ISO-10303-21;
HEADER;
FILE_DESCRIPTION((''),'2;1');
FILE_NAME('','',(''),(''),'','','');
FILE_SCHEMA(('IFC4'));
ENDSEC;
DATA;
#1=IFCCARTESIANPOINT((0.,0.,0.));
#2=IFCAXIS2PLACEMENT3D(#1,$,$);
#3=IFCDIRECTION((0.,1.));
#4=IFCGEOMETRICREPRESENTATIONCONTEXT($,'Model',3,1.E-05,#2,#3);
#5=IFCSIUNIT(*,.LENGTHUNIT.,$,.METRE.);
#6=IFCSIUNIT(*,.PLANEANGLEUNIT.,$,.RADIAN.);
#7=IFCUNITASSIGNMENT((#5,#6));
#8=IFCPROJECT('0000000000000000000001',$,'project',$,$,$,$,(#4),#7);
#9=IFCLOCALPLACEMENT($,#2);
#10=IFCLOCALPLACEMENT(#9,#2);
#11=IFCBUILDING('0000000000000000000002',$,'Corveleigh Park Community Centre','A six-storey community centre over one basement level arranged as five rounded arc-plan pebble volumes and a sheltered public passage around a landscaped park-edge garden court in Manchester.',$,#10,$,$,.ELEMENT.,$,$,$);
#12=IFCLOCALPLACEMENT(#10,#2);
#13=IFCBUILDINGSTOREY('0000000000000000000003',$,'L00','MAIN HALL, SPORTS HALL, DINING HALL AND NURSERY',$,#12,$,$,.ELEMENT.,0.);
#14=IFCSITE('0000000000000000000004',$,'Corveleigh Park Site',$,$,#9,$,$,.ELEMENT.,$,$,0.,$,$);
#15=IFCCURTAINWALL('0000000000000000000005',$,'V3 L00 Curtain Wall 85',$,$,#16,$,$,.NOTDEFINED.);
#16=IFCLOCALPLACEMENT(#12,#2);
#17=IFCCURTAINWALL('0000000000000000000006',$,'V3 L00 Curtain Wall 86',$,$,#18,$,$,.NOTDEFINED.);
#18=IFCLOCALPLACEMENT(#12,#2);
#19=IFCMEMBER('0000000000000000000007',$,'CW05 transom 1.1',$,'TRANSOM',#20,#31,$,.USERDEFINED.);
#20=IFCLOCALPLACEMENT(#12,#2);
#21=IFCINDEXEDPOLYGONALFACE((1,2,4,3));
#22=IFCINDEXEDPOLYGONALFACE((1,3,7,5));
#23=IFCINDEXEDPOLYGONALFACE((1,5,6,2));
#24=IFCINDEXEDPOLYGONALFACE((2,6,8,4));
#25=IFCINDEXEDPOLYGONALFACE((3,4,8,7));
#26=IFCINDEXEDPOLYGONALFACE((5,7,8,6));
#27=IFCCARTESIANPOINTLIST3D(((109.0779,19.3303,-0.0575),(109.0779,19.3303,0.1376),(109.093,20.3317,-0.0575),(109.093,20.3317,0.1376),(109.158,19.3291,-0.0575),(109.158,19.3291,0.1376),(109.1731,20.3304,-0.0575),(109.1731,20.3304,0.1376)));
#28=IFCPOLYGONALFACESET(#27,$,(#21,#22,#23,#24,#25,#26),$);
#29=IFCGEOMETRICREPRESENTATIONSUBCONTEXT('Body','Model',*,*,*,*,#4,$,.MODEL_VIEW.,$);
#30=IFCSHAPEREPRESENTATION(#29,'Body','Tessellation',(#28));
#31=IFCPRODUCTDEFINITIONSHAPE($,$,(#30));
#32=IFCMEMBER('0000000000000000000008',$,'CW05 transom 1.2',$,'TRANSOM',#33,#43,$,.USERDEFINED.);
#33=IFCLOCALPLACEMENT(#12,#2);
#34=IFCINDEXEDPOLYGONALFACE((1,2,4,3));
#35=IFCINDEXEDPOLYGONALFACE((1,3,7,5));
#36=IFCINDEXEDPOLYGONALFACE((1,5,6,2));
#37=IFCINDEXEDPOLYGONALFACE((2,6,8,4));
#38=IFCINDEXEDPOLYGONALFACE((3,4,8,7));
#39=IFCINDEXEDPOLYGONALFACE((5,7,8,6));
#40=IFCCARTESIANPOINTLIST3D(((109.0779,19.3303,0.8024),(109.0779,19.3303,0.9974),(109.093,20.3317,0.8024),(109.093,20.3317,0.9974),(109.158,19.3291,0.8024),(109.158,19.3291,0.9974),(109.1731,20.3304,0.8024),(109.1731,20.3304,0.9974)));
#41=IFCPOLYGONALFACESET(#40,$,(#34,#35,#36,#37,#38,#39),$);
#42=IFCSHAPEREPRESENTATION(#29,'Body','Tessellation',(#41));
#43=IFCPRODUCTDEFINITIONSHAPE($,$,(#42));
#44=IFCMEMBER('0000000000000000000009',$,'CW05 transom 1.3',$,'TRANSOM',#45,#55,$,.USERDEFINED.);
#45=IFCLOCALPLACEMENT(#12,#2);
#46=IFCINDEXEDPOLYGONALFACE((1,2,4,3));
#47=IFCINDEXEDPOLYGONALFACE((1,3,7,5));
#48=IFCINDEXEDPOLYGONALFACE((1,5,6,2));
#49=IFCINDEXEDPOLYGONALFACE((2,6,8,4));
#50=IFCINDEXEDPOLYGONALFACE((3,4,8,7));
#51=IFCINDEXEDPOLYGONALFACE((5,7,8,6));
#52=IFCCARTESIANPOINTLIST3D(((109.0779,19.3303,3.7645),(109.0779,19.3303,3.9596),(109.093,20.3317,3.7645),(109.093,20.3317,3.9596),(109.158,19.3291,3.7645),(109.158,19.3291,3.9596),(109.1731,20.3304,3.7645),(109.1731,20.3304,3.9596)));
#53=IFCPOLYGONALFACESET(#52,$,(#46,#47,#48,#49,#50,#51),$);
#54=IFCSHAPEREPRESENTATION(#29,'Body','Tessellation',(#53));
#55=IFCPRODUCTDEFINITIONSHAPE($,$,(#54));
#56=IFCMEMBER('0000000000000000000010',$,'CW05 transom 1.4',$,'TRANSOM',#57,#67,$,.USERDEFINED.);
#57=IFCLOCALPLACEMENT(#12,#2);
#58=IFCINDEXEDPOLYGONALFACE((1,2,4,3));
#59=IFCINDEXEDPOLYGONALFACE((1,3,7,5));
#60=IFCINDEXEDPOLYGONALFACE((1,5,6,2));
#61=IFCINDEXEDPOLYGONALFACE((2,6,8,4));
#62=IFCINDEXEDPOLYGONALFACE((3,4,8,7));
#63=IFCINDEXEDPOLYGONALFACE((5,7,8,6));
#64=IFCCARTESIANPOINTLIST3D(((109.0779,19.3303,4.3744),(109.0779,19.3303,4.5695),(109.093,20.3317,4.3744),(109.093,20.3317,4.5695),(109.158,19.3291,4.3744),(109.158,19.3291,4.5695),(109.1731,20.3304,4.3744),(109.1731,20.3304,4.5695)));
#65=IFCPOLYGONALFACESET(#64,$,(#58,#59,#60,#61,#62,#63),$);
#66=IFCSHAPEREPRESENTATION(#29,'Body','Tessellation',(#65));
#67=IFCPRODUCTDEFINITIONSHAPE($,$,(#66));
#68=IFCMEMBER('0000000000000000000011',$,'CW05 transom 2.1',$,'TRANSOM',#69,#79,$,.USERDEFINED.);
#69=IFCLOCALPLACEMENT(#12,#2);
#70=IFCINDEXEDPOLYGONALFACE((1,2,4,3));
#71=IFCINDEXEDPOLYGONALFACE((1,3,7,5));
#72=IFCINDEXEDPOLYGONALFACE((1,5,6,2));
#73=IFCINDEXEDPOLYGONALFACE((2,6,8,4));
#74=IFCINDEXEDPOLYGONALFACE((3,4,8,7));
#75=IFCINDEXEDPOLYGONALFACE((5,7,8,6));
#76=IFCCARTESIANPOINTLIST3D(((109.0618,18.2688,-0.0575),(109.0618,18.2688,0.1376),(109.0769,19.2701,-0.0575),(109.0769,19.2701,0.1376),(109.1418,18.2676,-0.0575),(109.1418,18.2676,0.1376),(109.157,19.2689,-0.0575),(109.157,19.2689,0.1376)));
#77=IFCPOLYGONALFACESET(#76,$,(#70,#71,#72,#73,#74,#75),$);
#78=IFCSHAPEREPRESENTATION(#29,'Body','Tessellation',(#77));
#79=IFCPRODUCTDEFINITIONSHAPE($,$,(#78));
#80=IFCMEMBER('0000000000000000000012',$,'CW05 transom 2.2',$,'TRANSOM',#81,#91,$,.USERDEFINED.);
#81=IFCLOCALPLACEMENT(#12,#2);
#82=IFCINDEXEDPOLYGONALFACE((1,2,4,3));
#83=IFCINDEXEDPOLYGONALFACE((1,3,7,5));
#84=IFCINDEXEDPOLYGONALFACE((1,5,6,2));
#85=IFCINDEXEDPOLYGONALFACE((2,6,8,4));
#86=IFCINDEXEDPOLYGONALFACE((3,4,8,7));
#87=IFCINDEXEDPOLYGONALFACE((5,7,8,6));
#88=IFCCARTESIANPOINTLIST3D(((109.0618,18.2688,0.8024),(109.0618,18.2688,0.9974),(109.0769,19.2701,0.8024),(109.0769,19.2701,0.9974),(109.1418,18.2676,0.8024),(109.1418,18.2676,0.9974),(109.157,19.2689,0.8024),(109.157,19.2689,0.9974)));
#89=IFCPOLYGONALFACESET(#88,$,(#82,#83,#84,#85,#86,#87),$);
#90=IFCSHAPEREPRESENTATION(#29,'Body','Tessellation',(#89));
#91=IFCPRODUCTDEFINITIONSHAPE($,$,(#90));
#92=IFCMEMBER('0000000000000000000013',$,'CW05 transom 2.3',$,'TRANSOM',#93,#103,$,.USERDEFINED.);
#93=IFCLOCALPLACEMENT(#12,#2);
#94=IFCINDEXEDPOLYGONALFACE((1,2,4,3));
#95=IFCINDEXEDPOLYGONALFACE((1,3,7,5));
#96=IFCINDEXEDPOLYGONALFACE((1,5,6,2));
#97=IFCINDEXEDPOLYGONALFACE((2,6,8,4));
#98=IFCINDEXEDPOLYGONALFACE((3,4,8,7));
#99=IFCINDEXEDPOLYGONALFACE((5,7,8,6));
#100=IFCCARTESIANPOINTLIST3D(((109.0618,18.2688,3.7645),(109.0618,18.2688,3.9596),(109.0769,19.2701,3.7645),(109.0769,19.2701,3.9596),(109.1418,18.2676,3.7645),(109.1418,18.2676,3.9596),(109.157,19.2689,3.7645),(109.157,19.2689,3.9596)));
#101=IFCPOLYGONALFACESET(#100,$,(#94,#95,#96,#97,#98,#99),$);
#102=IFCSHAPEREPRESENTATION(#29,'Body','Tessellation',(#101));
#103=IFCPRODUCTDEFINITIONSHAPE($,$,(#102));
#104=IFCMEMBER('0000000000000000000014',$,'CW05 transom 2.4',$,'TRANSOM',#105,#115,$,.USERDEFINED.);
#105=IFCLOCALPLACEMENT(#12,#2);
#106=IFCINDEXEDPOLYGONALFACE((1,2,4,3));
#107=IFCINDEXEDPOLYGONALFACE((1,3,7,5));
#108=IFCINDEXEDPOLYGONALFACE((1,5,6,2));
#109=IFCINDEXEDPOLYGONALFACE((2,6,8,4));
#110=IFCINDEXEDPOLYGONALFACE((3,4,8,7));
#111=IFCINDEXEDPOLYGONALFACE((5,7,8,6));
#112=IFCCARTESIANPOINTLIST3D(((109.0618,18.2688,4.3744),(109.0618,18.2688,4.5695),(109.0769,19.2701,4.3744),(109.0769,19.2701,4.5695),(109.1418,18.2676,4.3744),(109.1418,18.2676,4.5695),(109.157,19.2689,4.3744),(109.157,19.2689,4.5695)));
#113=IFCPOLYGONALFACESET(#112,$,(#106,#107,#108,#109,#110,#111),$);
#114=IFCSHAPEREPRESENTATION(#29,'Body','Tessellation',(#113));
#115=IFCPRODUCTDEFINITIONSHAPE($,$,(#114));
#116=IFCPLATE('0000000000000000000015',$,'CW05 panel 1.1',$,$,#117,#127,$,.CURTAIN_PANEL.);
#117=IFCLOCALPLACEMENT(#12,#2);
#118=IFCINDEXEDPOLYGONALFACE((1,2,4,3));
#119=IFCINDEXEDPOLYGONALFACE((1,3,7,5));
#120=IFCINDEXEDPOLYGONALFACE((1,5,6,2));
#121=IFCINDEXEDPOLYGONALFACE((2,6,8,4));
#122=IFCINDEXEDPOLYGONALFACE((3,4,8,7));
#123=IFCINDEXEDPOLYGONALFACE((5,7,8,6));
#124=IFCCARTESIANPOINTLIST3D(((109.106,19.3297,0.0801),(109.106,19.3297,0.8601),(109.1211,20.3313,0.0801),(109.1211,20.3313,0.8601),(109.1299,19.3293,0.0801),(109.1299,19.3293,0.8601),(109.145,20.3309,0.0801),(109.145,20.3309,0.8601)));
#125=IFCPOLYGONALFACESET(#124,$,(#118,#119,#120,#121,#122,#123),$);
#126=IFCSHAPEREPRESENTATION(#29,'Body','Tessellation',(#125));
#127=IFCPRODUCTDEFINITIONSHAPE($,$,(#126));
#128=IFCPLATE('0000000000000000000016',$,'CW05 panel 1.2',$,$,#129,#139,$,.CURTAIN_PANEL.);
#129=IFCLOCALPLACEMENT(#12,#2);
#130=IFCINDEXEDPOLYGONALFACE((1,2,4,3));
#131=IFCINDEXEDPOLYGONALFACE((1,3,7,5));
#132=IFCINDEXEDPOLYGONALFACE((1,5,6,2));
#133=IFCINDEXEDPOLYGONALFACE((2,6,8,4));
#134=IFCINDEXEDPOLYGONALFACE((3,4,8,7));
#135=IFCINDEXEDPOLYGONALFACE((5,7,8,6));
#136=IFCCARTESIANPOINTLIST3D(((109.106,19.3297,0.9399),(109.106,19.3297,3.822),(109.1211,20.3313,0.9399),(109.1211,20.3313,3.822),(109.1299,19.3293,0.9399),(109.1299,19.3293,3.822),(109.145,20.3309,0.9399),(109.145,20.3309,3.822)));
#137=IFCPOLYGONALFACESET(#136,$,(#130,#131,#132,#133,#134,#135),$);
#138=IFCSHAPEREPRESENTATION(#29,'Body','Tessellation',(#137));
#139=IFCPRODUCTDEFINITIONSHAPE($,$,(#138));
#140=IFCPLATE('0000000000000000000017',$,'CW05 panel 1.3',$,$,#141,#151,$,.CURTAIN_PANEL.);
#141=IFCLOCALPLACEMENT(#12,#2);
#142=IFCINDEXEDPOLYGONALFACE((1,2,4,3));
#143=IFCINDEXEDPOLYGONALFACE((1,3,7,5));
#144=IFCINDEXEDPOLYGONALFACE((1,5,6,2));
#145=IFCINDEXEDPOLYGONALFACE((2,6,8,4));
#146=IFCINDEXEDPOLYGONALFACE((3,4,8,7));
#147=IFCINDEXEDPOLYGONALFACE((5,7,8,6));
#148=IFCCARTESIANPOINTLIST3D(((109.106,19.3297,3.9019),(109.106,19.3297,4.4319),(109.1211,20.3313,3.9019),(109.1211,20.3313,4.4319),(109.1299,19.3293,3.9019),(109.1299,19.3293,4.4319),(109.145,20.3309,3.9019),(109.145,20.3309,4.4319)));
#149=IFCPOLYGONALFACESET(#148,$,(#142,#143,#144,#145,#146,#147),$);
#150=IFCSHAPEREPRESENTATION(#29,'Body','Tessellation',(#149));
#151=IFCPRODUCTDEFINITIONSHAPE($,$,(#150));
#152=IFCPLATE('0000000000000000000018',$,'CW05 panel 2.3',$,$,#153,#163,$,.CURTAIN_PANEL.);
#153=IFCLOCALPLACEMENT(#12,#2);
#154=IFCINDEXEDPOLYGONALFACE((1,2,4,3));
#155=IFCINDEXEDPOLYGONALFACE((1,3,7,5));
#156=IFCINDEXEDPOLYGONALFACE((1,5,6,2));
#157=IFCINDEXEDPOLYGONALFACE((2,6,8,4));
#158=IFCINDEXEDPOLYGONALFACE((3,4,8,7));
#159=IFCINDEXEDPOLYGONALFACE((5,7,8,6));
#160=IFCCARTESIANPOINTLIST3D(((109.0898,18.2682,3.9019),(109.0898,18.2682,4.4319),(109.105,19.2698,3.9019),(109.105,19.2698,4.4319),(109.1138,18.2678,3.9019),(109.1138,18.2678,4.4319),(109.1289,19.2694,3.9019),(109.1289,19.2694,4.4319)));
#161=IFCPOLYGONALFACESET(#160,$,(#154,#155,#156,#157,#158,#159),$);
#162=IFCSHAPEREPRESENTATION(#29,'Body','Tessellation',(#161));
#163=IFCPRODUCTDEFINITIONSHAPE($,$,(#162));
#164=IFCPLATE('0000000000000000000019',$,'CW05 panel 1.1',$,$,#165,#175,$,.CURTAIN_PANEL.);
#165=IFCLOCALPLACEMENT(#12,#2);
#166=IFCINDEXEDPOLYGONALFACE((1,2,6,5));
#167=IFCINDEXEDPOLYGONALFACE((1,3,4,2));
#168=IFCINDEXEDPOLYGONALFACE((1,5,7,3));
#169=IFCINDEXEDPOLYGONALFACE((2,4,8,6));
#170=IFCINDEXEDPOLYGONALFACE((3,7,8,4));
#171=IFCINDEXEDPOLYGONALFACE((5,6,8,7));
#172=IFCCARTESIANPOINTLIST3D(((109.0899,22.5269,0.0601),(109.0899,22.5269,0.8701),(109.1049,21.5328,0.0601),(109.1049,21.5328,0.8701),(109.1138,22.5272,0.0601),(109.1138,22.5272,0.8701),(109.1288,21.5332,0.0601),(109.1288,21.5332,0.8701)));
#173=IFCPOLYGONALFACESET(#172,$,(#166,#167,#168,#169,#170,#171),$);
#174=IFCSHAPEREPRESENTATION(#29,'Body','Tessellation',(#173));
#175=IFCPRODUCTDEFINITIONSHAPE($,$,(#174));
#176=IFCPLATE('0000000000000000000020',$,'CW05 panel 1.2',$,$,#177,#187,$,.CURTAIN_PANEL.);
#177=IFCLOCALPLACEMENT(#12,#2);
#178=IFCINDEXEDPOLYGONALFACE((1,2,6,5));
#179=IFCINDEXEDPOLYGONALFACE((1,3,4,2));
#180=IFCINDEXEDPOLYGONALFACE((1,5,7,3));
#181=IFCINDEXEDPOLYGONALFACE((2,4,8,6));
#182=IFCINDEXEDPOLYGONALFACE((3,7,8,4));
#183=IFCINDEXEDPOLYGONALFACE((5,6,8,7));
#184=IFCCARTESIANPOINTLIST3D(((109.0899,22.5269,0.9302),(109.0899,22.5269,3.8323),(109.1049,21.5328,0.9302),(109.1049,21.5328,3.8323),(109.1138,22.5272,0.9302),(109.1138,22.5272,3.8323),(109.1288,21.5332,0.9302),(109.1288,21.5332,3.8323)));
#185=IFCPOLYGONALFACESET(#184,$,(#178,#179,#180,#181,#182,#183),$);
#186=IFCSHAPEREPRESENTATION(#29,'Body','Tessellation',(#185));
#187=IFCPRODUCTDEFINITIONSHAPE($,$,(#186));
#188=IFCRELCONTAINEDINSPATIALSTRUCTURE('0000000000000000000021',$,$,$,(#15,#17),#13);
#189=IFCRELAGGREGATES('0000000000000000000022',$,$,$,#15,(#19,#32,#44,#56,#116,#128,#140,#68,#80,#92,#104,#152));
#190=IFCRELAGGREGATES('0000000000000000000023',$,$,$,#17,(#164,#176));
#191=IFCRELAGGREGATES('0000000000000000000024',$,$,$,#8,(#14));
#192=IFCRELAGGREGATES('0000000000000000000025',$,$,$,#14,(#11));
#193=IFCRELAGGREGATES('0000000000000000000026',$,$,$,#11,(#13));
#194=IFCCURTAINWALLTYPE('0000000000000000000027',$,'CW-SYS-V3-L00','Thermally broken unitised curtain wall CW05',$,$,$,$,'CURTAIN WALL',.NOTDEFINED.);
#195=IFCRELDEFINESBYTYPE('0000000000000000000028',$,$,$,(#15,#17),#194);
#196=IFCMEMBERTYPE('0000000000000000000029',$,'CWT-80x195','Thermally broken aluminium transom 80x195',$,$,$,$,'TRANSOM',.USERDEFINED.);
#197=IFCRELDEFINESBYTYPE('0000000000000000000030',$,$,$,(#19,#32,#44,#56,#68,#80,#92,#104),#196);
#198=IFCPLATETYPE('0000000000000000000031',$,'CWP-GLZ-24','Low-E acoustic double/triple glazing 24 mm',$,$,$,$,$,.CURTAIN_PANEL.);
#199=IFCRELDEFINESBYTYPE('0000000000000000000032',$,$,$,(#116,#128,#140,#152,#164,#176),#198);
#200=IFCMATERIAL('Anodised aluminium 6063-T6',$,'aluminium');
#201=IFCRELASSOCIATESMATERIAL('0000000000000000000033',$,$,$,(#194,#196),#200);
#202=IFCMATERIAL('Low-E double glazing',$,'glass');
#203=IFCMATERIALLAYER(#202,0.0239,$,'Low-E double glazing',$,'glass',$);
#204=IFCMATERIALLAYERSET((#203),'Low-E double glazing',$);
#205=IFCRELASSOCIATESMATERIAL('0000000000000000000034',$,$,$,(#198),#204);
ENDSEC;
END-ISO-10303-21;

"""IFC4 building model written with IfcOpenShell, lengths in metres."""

from ifc_helpers import new_model, si_unit, direction, frame, origin, origin_2d, place, context, subcontext, project, spatial, rectangle, extrude, material, layer, layer_set, material_profile, profile_set, type_object, element, aggregate, save


model = new_model("IFC4")

# Units and contexts
model_context = context("Model", 3, precision=1e-05, world=origin(), true_north=direction((0.0, 1.0)))
body_context = subcontext(model_context, "Body", "Model", "MODEL_VIEW")
ifc_project = project(units=[si_unit("LENGTHUNIT", "METRE"), si_unit("PLANEANGLEUNIT", "RADIAN")], contexts=[model_context])

# Site, building, storey
site_placement = place(None, origin())
site = spatial("IfcSite", under=ifc_project, at=site_placement, Name="Corveleigh Park Site", CompositionType="ELEMENT", RefElevation=0.0)
building_placement = place(site_placement, origin())
building = spatial("IfcBuilding", under=site, at=building_placement, Name="Corveleigh Park Community Centre", Description="A six-storey community centre over one basement level arranged as five rounded arc-plan pebble volumes and a sheltered public passage around a landscaped park-edge garden court in Manchester.", CompositionType="ELEMENT")
storey_placement = place(building_placement, origin())
storey = spatial("IfcBuildingStorey", under=building, at=storey_placement, Name="L00", Description="MAIN HALL, SPORTS HALL, DINING HALL AND NURSERY", CompositionType="ELEMENT", Elevation=0.0)

# Curtain walls
ifc_material_1 = material(Name="Anodised aluminium 6063-T6", Category="aluminium")
curtain_wall_type = type_object("IfcCurtainWallType", Name="CW-SYS-V3-L00", Description="Thermally broken unitised curtain wall CW05", ElementType="CURTAIN WALL", PredefinedType="NOTDEFINED", material=ifc_material_1)
curtain_wall_1_placement = place(storey_placement, origin())
curtain_wall_1 = element("IfcCurtainWall", 1, at=curtain_wall_1_placement, inside=storey, type_object=curtain_wall_type, Name="V3 L00 Curtain Wall 85", PredefinedType="NOTDEFINED")
curtain_wall_2_placement = place(storey_placement, origin())
curtain_wall_2 = element("IfcCurtainWall", 2, at=curtain_wall_2_placement, inside=storey, type_object=curtain_wall_type, Name="V3 L00 Curtain Wall 86", PredefinedType="NOTDEFINED")

# Members
ifc_material_profile_1 = material_profile(ifc_material_1, rectangle(XDim=0.0801, YDim=0.1951, at=origin_2d()), Name="ALU-T80x195", Category="aluminium")
ifc_profile_set_1 = profile_set([ifc_material_profile_1], Name="Anodised aluminium 6063-T6")
member_type_1 = type_object("IfcMemberType", Name="CWT-80x195", Description="Thermally broken aluminium transom 80x195", ElementType="TRANSOM", PredefinedType="USERDEFINED", material=ifc_profile_set_1)
member_1_placement = place(storey_placement, frame((109.1331, 20.3311, 0.04), z_axis=(-0.015113, -0.999886, 0.0), x_axis=(0.999886, -0.015113, 0.0)))
member_1 = element("IfcMember", 3, at=member_1_placement, type_object=member_type_1, Name="CW05 transom 1.1", ObjectType="TRANSOM", PredefinedType="USERDEFINED", context=body_context, shape_type="SweptSolid", body=[
    extrude(rectangle(XDim=0.0801, YDim=0.1951, at=origin_2d()), origin(), (0.0, 0.0, 1.0), 1.0015),
])
member_2_placement = place(storey_placement, frame((109.1331, 20.3311, 0.8999), z_axis=(-0.015113, -0.999886, 0.0), x_axis=(0.999886, -0.015113, 0.0)))
member_2 = element("IfcMember", 4, at=member_2_placement, type_object=member_type_1, Name="CW05 transom 1.2", ObjectType="TRANSOM", PredefinedType="USERDEFINED", context=body_context, shape_type="SweptSolid", body=[
    extrude(rectangle(XDim=0.0801, YDim=0.1951, at=origin_2d()), origin(), (0.0, 0.0, 1.0), 1.0015),
])
member_3_placement = place(storey_placement, frame((109.1331, 20.3311, 3.8621), z_axis=(-0.015113, -0.999886, 0.0), x_axis=(0.999886, -0.015113, 0.0)))
member_3 = element("IfcMember", 5, at=member_3_placement, type_object=member_type_1, Name="CW05 transom 1.3", ObjectType="TRANSOM", PredefinedType="USERDEFINED", context=body_context, shape_type="SweptSolid", body=[
    extrude(rectangle(XDim=0.0801, YDim=0.1951, at=origin_2d()), origin(), (0.0, 0.0, 1.0), 1.0015),
])
member_4_placement = place(storey_placement, frame((109.1331, 20.3311, 4.4719), z_axis=(-0.015113, -0.999886, 0.0), x_axis=(0.999886, -0.015113, 0.0)))
member_4 = element("IfcMember", 6, at=member_4_placement, type_object=member_type_1, Name="CW05 transom 1.4", ObjectType="TRANSOM", PredefinedType="USERDEFINED", context=body_context, shape_type="SweptSolid", body=[
    extrude(rectangle(XDim=0.0801, YDim=0.1951, at=origin_2d()), origin(), (0.0, 0.0, 1.0), 1.0015),
])
member_5_placement = place(storey_placement, frame((109.1169, 19.2695, 0.04), z_axis=(-0.015113, -0.999886, 0.0), x_axis=(0.999886, -0.015113, 0.0)))
member_5 = element("IfcMember", 7, at=member_5_placement, type_object=member_type_1, Name="CW05 transom 2.1", ObjectType="TRANSOM", PredefinedType="USERDEFINED", context=body_context, shape_type="SweptSolid", body=[
    extrude(rectangle(XDim=0.0801, YDim=0.1951, at=origin_2d()), origin(), (0.0, 0.0, 1.0), 1.0015),
])
member_6_placement = place(storey_placement, frame((109.1169, 19.2695, 0.8999), z_axis=(-0.015113, -0.999886, 0.0), x_axis=(0.999886, -0.015113, 0.0)))
member_6 = element("IfcMember", 8, at=member_6_placement, type_object=member_type_1, Name="CW05 transom 2.2", ObjectType="TRANSOM", PredefinedType="USERDEFINED", context=body_context, shape_type="SweptSolid", body=[
    extrude(rectangle(XDim=0.0801, YDim=0.1951, at=origin_2d()), origin(), (0.0, 0.0, 1.0), 1.0015),
])
member_7_placement = place(storey_placement, frame((109.1169, 19.2695, 3.8621), z_axis=(-0.015113, -0.999886, 0.0), x_axis=(0.999886, -0.015113, 0.0)))
member_7 = element("IfcMember", 9, at=member_7_placement, type_object=member_type_1, Name="CW05 transom 2.3", ObjectType="TRANSOM", PredefinedType="USERDEFINED", context=body_context, shape_type="SweptSolid", body=[
    extrude(rectangle(XDim=0.0801, YDim=0.1951, at=origin_2d()), origin(), (0.0, 0.0, 1.0), 1.0015),
])
member_8_placement = place(storey_placement, frame((109.1169, 19.2695, 4.4719), z_axis=(-0.015113, -0.999886, 0.0), x_axis=(0.999886, -0.015113, 0.0)))
member_8 = element("IfcMember", 10, at=member_8_placement, type_object=member_type_1, Name="CW05 transom 2.4", ObjectType="TRANSOM", PredefinedType="USERDEFINED", context=body_context, shape_type="SweptSolid", body=[
    extrude(rectangle(XDim=0.0801, YDim=0.1951, at=origin_2d()), origin(), (0.0, 0.0, 1.0), 1.0015),
])

# Plates
ifc_material_2 = material(Name="Low-E double glazing", Category="glass")
ifc_layer = layer(ifc_material_2, 0.0239, Name="Low-E double glazing", Category="glass")
ifc_layer_set = layer_set([ifc_layer], Name="Low-E double glazing")
plate_type = type_object("IfcPlateType", Name="CWP-GLZ-24", Description="Low-E acoustic double/triple glazing 24 mm", PredefinedType="CURTAIN_PANEL", material=ifc_layer_set)
plate_1_placement = place(storey_placement, frame((109.1255, 19.8303, 0.0801), z_axis=(0.0, 0.0, 1.0), x_axis=(-0.015115, -0.999886, 0.0)))
plate_1 = element("IfcPlate", 11, at=plate_1_placement, type_object=plate_type, Name="CW05 panel 1.1", PredefinedType="CURTAIN_PANEL", context=body_context, shape_type="SweptSolid", body=[
    extrude(rectangle(XDim=1.0017, YDim=0.0239, at=origin_2d()), origin(), (0.0, 0.0, 1.0), 0.78),
])
plate_2_placement = place(storey_placement, frame((109.1255, 19.8303, 0.9399), z_axis=(0.0, 0.0, 1.0), x_axis=(-0.015115, -0.999886, 0.0)))
plate_2 = element("IfcPlate", 12, at=plate_2_placement, type_object=plate_type, Name="CW05 panel 1.2", PredefinedType="CURTAIN_PANEL", context=body_context, shape_type="SweptSolid", body=[
    extrude(rectangle(XDim=1.0017, YDim=0.0239, at=origin_2d()), origin(), (0.0, 0.0, 1.0), 2.8821),
])
plate_3_placement = place(storey_placement, frame((109.1255, 19.8303, 3.9019), z_axis=(0.0, 0.0, 1.0), x_axis=(-0.015115, -0.999886, 0.0)))
plate_3 = element("IfcPlate", 13, at=plate_3_placement, type_object=plate_type, Name="CW05 panel 1.3", PredefinedType="CURTAIN_PANEL", context=body_context, shape_type="SweptSolid", body=[
    extrude(rectangle(XDim=1.0017, YDim=0.0239, at=origin_2d()), origin(), (0.0, 0.0, 1.0), 0.53),
])
plate_4_placement = place(storey_placement, frame((109.1094, 18.7688, 3.9019), z_axis=(0.0, 0.0, 1.0), x_axis=(-0.015115, -0.999886, 0.0)))
plate_4 = element("IfcPlate", 14, at=plate_4_placement, type_object=plate_type, Name="CW05 panel 2.3", PredefinedType="CURTAIN_PANEL", context=body_context, shape_type="SweptSolid", body=[
    extrude(rectangle(XDim=1.0017, YDim=0.0239, at=origin_2d()), origin(), (0.0, 0.0, 1.0), 0.53),
])
aggregate(curtain_wall_1, [member_1, member_2, member_3, member_4, plate_1, plate_2, plate_3, member_5, member_6, member_7, member_8, plate_4])
plate_5_placement = place(storey_placement, frame((109.1094, 22.03, 0.0601), z_axis=(0.0, 0.0, 1.0), x_axis=(0.015115, -0.999886, 0.0)))
plate_5 = element("IfcPlate", 15, at=plate_5_placement, type_object=plate_type, Name="CW05 panel 1.1", PredefinedType="CURTAIN_PANEL", context=body_context, shape_type="SweptSolid", body=[
    extrude(rectangle(XDim=0.9941, YDim=0.0239, at=origin_2d()), origin(), (0.0, 0.0, 1.0), 0.8101),
])
plate_6_placement = place(storey_placement, frame((109.1094, 22.03, 0.9302), z_axis=(0.0, 0.0, 1.0), x_axis=(0.015115, -0.999886, 0.0)))
plate_6 = element("IfcPlate", 16, at=plate_6_placement, type_object=plate_type, Name="CW05 panel 1.2", PredefinedType="CURTAIN_PANEL", context=body_context, shape_type="SweptSolid", body=[
    extrude(rectangle(XDim=0.9941, YDim=0.0239, at=origin_2d()), origin(), (0.0, 0.0, 1.0), 2.9021),
])
aggregate(curtain_wall_2, [plate_5, plate_6])

save(model, "model.ifc")
